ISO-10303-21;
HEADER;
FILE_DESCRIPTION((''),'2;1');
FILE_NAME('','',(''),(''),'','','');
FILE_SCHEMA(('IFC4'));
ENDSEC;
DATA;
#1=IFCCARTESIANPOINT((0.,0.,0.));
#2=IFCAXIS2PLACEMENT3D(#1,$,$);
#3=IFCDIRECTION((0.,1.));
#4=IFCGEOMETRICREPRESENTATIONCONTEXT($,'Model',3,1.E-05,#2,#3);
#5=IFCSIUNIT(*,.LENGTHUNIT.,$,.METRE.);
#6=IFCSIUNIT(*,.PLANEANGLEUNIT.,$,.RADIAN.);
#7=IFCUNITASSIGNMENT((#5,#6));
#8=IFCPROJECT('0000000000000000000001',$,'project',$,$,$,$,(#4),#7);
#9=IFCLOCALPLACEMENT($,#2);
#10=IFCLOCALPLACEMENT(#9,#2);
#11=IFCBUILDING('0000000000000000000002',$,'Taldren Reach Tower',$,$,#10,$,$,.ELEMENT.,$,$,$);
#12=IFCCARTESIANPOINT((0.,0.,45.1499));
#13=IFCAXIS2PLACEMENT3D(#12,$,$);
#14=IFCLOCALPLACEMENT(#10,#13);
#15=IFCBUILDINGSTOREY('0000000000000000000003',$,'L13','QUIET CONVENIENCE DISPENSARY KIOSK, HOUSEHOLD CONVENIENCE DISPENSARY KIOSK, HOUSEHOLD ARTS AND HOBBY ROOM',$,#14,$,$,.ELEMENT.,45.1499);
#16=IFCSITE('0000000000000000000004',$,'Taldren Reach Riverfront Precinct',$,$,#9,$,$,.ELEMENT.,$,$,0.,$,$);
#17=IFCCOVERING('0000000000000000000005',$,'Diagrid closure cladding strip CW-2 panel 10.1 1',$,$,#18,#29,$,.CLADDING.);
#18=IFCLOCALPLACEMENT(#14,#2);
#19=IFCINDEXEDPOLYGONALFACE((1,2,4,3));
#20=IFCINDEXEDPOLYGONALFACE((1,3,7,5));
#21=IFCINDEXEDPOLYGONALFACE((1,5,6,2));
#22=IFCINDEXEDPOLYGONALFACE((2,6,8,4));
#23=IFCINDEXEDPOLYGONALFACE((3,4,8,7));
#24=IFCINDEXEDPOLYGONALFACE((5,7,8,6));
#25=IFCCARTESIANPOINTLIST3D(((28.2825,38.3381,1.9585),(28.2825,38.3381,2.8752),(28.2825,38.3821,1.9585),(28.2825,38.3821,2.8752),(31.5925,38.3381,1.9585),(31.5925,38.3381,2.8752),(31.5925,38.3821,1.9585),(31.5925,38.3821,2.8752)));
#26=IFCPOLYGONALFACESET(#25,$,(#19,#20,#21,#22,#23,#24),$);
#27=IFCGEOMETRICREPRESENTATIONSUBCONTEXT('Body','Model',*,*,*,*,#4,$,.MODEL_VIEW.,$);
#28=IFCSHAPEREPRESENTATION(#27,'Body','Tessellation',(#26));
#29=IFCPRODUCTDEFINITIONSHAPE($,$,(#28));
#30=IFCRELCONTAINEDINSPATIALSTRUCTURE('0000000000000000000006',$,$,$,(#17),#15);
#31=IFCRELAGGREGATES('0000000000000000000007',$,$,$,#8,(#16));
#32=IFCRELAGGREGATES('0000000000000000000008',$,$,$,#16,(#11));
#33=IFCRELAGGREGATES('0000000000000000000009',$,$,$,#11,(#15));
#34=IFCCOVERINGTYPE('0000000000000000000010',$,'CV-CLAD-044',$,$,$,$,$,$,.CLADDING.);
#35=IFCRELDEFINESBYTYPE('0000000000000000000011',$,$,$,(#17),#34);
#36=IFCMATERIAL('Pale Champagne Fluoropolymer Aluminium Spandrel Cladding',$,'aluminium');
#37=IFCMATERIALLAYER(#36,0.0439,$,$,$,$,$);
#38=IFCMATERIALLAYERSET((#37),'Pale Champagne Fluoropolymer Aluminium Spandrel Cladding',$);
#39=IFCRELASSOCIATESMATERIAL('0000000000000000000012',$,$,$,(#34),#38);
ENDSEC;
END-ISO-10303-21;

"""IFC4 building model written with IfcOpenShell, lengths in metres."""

from ifc_helpers import new_model, si_unit, direction, frame, origin, origin_2d, place, context, subcontext, project, spatial, rectangle, extrude, source, transform, mapped, material, layer, layer_set, type_object, element, save


model = new_model("IFC4")

# Units and contexts
model_context = context("Model", 3, precision=1e-05, world=origin(), true_north=direction((0.0, 1.0)))
body_context = subcontext(model_context, "Body", "Model", "MODEL_VIEW")
ifc_project = project(units=[si_unit("LENGTHUNIT", "METRE"), si_unit("PLANEANGLEUNIT", "RADIAN")], contexts=[model_context])

# Site, building, storey
site_placement = place(None, origin())
site = spatial("IfcSite", under=ifc_project, at=site_placement, Name="Taldren Reach Riverfront Precinct", CompositionType="ELEMENT", RefElevation=0.0)
building_placement = place(site_placement, origin())
building = spatial("IfcBuilding", under=site, at=building_placement, Name="Taldren Reach Tower", CompositionType="ELEMENT")
storey_placement = place(building_placement, frame((0.0, 0.0, 45.1499)))
storey = spatial("IfcBuildingStorey", under=building, at=storey_placement, Name="L13", Description="QUIET CONVENIENCE DISPENSARY KIOSK, HOUSEHOLD CONVENIENCE DISPENSARY KIOSK, HOUSEHOLD ARTS AND HOBBY ROOM", CompositionType="ELEMENT", Elevation=45.1499)

# Covering
ifc_material_1 = material(Name="Pale Champagne Fluoropolymer Aluminium Spandrel Cladding", Category="aluminium")
ifc_layer_1 = layer(ifc_material_1, 0.0439)
ifc_layer_set_1 = layer_set([ifc_layer_1], Name="Pale Champagne Fluoropolymer Aluminium Spandrel Cladding")
covering_type = type_object("IfcCoveringType", Name="CV-CLAD-044", PredefinedType="CLADDING", material=ifc_layer_set_1)
shared_shape_1 = source(origin(), body_context, "Body", "SweptSolid", [
    extrude(rectangle(XDim=3.3101, YDim=0.0439, at=origin_2d()), origin(), (0.0, 0.0, 1.0), 0.9167),
])
covering_1_placement = place(storey_placement, frame((29.9375, 38.3601, 1.9585), z_axis=(0.0, 0.0, 1.0), x_axis=(-1.0, 0.0, 0.0)))
element("IfcCovering", 1, at=covering_1_placement, inside=storey, type_object=covering_type, Name="Diagrid closure cladding strip CW-2 panel 10.1 1", PredefinedType="CLADDING", context=body_context, shape_type="MappedRepresentation", body=[
    mapped(shared_shape_1, transform((0.0, 0.0, 0.0), scale=1.0)),
])

save(model, "model.ifc")
